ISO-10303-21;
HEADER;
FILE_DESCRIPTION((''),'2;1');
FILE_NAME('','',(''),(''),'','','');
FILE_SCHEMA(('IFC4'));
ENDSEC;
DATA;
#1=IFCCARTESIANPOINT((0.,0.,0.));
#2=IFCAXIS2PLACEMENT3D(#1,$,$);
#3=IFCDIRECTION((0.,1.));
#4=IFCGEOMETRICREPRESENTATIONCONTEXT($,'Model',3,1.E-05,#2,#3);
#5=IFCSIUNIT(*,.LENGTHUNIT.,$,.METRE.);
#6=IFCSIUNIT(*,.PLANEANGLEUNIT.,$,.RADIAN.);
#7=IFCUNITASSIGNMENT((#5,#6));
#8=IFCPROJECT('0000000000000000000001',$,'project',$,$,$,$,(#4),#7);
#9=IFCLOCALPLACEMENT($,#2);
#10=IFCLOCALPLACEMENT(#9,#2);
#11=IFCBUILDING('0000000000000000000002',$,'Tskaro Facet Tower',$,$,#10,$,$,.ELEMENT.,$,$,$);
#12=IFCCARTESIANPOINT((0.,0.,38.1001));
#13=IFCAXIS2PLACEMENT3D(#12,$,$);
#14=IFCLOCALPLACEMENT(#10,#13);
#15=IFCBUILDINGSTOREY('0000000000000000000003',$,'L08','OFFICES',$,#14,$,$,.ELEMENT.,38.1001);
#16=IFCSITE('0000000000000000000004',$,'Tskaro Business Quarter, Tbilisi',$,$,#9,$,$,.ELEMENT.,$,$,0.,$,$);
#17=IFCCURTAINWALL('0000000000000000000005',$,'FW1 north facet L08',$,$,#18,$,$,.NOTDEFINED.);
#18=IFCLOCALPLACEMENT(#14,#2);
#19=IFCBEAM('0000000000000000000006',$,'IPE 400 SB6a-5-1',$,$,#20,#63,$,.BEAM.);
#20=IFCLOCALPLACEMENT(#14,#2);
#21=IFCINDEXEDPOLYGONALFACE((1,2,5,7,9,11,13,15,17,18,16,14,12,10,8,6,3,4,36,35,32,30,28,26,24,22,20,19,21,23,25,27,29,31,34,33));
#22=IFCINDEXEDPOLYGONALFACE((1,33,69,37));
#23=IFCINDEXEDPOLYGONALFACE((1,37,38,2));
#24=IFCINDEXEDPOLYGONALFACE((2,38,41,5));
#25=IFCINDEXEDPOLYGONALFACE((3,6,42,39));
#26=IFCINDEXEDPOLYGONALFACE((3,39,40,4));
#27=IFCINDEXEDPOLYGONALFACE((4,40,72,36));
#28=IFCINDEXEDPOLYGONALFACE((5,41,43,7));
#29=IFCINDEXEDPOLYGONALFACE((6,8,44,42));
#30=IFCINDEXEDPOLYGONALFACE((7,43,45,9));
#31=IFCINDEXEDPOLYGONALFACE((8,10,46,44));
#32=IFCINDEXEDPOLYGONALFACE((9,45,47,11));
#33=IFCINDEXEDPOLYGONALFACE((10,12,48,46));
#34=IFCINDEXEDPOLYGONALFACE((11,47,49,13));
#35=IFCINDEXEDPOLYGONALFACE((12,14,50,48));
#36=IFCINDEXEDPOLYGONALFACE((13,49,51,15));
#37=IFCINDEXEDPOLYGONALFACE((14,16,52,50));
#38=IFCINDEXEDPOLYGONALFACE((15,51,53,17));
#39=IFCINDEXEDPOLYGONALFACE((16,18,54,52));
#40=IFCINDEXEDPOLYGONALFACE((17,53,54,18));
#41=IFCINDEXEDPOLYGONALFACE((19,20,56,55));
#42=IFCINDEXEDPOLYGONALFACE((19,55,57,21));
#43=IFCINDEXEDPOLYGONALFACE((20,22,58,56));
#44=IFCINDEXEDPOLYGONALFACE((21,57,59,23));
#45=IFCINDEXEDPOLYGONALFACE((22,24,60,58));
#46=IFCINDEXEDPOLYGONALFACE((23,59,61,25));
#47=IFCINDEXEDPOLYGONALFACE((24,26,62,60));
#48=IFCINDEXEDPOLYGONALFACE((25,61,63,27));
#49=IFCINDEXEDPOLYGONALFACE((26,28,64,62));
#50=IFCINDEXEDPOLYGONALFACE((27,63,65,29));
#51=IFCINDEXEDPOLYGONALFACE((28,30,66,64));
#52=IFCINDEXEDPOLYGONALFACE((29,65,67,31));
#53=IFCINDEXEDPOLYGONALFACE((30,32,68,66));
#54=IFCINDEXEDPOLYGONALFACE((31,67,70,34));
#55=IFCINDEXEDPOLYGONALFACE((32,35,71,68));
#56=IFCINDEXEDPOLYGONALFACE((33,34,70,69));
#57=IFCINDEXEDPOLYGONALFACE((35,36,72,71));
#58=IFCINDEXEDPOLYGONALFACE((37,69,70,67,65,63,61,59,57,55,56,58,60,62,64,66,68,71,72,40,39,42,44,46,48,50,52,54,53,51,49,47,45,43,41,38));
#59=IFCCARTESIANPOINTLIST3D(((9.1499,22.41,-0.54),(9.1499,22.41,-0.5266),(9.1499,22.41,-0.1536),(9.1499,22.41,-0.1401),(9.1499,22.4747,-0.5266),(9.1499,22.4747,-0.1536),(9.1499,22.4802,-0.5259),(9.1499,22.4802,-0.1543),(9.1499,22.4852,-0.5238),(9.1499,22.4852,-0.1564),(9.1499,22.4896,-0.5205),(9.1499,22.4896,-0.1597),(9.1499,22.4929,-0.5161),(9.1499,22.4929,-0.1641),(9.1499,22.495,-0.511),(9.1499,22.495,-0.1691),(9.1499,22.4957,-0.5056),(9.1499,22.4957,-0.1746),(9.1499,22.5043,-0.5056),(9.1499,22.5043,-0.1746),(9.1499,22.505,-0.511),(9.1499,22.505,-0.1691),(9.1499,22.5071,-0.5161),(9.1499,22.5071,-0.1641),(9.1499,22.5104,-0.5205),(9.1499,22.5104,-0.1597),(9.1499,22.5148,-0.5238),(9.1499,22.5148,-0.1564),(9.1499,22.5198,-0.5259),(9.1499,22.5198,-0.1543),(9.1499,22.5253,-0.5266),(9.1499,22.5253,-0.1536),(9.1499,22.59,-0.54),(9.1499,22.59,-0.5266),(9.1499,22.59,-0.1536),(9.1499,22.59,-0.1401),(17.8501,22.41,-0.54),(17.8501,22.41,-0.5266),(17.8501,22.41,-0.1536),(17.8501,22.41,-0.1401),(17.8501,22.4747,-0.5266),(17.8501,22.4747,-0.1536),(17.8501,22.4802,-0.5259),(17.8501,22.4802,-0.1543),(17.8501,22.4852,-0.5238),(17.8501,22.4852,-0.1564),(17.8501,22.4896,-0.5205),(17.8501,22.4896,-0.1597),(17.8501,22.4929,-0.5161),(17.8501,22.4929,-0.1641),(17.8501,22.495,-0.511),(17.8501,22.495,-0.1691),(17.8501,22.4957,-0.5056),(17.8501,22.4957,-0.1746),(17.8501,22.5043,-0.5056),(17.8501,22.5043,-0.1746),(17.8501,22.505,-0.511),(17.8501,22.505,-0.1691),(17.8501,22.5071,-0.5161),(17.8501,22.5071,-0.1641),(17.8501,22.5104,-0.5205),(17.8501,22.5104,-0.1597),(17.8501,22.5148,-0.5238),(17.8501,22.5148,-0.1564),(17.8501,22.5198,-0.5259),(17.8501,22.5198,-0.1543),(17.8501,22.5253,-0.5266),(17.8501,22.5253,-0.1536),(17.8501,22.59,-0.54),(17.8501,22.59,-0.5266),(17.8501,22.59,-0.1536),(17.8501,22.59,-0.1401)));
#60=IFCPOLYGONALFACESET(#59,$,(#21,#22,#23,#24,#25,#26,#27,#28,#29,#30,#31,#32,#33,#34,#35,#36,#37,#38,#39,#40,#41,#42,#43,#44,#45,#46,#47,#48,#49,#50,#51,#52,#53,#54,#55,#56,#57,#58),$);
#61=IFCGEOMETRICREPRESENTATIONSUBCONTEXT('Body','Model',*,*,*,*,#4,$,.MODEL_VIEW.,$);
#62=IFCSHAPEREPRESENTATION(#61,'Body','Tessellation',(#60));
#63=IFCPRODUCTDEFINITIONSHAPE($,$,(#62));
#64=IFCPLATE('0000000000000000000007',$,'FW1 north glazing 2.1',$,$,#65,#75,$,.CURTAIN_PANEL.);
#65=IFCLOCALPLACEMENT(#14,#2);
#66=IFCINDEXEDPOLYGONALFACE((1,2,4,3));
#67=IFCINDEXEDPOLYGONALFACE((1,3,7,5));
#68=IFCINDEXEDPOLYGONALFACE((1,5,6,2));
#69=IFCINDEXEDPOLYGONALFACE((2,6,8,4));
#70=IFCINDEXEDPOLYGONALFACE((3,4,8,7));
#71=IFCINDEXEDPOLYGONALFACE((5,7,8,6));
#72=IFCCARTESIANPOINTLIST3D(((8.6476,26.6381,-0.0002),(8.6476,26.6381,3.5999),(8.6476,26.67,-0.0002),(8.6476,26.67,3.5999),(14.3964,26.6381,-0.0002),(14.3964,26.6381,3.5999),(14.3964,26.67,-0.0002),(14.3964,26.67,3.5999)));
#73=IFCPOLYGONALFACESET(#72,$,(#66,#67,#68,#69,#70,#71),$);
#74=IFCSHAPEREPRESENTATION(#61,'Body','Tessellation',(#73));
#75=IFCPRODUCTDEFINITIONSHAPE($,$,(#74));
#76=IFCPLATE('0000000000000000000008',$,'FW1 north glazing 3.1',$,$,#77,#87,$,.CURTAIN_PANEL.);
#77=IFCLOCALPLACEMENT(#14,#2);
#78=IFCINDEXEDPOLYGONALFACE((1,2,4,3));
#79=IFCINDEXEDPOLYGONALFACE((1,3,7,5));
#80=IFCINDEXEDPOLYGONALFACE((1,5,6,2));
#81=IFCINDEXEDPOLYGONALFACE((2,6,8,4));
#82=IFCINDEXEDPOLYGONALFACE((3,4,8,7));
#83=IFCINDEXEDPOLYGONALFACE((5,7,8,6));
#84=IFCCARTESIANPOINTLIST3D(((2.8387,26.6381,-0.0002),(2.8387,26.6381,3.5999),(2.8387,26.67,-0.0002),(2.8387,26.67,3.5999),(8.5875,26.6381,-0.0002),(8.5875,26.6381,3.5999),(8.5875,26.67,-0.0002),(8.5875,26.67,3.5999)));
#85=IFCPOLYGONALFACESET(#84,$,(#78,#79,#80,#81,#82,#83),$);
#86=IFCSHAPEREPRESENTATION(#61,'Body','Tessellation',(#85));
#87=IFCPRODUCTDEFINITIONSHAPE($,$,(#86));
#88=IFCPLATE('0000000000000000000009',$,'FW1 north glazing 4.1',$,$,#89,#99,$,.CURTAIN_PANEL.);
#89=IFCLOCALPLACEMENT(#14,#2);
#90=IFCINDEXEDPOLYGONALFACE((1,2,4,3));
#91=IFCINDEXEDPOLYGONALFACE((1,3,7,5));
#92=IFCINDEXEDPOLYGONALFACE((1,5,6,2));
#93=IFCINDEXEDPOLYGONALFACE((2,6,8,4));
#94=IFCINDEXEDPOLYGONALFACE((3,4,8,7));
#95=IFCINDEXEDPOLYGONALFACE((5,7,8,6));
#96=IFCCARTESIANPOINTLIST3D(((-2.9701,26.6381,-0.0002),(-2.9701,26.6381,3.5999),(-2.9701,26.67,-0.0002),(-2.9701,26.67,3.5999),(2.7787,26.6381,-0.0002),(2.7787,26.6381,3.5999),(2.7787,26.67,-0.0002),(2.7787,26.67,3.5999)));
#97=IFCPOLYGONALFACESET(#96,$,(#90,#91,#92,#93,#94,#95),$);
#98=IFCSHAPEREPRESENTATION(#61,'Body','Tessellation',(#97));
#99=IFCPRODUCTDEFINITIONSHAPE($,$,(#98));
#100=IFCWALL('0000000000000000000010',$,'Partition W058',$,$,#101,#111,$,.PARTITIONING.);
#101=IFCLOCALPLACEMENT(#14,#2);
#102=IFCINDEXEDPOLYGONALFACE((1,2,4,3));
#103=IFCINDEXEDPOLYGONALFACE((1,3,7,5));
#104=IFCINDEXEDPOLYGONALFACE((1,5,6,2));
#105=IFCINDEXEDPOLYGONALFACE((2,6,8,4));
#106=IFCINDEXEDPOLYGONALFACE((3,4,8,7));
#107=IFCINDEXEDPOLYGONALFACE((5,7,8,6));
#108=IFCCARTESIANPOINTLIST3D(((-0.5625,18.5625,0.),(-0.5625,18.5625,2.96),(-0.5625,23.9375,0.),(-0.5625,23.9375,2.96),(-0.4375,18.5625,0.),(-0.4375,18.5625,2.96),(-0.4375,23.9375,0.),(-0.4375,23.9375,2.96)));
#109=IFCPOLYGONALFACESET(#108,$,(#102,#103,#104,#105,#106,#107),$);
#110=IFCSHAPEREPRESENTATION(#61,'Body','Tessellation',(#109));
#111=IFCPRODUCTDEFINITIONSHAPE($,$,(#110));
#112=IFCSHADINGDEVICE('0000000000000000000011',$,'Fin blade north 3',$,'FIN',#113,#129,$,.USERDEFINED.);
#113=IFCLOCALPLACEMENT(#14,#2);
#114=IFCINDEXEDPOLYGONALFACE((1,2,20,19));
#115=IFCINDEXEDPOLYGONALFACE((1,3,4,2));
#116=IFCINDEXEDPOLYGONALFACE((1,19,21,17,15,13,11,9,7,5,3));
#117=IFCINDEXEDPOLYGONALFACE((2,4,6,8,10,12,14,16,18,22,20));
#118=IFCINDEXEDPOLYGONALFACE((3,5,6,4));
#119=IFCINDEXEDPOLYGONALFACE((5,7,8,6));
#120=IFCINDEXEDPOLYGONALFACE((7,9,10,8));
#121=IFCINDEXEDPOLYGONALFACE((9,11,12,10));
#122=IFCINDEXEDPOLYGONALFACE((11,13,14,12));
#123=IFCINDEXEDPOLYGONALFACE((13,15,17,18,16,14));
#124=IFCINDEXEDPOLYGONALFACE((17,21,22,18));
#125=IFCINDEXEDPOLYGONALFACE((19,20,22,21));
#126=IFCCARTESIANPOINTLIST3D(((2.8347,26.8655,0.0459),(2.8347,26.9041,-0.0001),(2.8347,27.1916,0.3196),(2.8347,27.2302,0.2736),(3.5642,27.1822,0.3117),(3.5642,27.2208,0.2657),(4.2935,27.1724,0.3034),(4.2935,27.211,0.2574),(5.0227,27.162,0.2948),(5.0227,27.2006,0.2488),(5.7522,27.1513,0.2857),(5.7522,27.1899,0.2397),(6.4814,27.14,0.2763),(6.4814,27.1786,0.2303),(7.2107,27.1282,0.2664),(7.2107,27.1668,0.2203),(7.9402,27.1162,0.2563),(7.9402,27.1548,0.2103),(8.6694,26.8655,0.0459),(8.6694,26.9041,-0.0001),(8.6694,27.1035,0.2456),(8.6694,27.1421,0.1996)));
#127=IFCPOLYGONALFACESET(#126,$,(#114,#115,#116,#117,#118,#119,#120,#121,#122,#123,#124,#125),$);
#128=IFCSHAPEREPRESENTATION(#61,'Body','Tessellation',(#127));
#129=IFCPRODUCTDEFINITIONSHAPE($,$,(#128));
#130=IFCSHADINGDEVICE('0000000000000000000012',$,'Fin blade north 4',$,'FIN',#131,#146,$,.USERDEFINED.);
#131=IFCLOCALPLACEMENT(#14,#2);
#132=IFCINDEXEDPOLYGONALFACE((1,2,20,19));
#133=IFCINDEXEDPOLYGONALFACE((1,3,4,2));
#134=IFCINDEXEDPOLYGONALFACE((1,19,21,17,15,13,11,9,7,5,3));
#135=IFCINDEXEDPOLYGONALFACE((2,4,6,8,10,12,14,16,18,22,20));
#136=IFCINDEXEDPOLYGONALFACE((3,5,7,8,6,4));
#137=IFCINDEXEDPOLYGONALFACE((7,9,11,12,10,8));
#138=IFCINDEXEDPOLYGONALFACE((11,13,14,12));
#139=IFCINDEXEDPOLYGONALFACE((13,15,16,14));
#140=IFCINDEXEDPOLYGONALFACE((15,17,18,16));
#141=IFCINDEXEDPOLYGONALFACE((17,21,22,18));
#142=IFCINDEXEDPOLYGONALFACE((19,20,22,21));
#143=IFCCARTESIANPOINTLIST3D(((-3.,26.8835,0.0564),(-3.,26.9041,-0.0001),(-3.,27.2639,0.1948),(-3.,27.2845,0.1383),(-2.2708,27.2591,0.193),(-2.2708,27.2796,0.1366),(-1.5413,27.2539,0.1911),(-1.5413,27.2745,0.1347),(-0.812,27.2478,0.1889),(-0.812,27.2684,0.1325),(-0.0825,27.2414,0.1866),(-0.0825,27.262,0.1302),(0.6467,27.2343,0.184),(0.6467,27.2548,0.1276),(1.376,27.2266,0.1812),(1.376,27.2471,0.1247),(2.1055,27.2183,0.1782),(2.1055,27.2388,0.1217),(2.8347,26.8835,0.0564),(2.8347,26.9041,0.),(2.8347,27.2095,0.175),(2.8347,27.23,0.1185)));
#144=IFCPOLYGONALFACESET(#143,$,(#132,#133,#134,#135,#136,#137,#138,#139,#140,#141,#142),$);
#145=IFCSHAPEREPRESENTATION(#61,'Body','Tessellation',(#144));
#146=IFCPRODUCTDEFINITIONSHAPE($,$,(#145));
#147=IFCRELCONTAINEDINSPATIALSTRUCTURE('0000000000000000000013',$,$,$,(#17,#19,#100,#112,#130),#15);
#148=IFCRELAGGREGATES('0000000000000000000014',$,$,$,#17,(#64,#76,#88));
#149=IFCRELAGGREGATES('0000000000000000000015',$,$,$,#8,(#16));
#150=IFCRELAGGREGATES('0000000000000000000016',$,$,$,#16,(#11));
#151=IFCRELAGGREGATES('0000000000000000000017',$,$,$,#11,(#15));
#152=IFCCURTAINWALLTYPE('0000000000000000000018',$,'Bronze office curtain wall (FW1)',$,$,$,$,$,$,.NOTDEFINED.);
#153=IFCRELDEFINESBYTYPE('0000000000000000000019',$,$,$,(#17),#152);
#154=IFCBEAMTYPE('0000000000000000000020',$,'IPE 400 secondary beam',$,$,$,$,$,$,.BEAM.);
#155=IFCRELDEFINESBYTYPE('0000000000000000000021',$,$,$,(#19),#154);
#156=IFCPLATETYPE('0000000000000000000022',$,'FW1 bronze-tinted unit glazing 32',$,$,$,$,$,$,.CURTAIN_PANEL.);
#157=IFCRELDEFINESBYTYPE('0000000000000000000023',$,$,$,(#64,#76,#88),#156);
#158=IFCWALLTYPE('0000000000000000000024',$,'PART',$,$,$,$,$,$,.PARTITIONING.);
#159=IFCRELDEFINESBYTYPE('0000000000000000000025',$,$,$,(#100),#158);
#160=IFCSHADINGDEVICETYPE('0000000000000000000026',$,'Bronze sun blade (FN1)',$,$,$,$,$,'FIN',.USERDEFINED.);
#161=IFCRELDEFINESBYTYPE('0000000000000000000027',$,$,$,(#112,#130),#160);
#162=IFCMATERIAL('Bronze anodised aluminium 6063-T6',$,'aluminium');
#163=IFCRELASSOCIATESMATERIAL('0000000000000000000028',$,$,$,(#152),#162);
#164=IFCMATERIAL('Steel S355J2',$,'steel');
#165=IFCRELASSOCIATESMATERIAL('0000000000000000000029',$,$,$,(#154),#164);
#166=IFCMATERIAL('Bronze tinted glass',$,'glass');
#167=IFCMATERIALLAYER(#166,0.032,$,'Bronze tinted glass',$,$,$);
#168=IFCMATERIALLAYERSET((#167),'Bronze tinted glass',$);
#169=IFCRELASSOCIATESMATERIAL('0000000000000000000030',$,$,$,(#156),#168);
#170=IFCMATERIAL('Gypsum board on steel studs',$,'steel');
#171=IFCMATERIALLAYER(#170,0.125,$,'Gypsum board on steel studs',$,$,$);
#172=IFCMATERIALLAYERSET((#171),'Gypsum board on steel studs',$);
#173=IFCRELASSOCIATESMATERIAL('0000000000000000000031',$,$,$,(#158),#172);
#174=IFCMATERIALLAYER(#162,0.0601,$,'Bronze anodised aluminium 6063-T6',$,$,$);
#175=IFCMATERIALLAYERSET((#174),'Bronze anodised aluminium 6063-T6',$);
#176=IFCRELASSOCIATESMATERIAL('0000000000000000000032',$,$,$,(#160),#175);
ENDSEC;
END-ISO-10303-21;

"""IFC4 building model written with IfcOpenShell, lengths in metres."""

from ifc_helpers import new_model, si_unit, direction, frame, frame_2d, origin, origin_2d, place, context, subcontext, project, spatial, polyline, rectangle, i_section, outline, extrude, material, layer, layer_set, material_profile, profile_set, type_object, element, aggregate, save


model = new_model("IFC4")

# Units and contexts
model_context = context("Model", 3, precision=1e-05, world=origin(), true_north=direction((0.0, 1.0)))
body_context = subcontext(model_context, "Body", "Model", "MODEL_VIEW")
ifc_project = project(units=[si_unit("LENGTHUNIT", "METRE"), si_unit("PLANEANGLEUNIT", "RADIAN")], contexts=[model_context])

# Site, building, storey
site_placement = place(None, origin())
site = spatial("IfcSite", under=ifc_project, at=site_placement, Name="Tskaro Business Quarter, Tbilisi", CompositionType="ELEMENT", RefElevation=0.0)
building_placement = place(site_placement, origin())
building = spatial("IfcBuilding", under=site, at=building_placement, Name="Tskaro Facet Tower", CompositionType="ELEMENT")
storey_placement = place(building_placement, frame((0.0, 0.0, 38.1001)))
storey = spatial("IfcBuildingStorey", under=building, at=storey_placement, Name="L08", Description="OFFICES", CompositionType="ELEMENT", Elevation=38.1001)

# Curtain wall
ifc_material_1 = material(Name="Bronze anodised aluminium 6063-T6", Category="aluminium")
curtain_wall_type = type_object("IfcCurtainWallType", Name="Bronze office curtain wall (FW1)", PredefinedType="NOTDEFINED", material=ifc_material_1)
curtain_wall_placement = place(storey_placement, origin())
curtain_wall = element("IfcCurtainWall", 1, at=curtain_wall_placement, inside=storey, type_object=curtain_wall_type, Name="FW1 north facet L08", PredefinedType="NOTDEFINED")

# Beam
ifc_material_2 = material(Name="Steel S355J2", Category="steel")
ifc_material_profile_1 = material_profile(ifc_material_2, i_section(OverallWidth=0.1799, OverallDepth=0.3999, WebThickness=0.0085, FlangeThickness=0.0134, FilletRadius=0.021, at=origin_2d()), Name="IPE 400")
ifc_profile_set_1 = profile_set([ifc_material_profile_1], Name="Steel S355J2")
beam_type_1 = type_object("IfcBeamType", Name="IPE 400 secondary beam", PredefinedType="BEAM", material=ifc_profile_set_1)
for number, where, z_axis, x_axis, name in (
    (2, (9.1499, 22.5, -0.3401), (1.0, 0.0, 0.0), (0.0, 1.0, 0.0), "IPE 400 SB6a-5-1"),
):
    element("IfcBeam", number, at=place(storey_placement, frame(where, z_axis=z_axis, x_axis=x_axis)), inside=storey, type_object=beam_type_1, Name=name, PredefinedType="BEAM", context=body_context, shape_type="SweptSolid", body=[
        extrude(i_section(OverallWidth=0.1799, OverallDepth=0.3999, WebThickness=0.0085, FlangeThickness=0.0134, FilletRadius=0.021, at=origin_2d()), origin(), (0.0, 0.0, 1.0), 8.7002),
    ])

# Plates
ifc_material_3 = material(Name="Bronze tinted glass", Category="glass")
ifc_layer_1 = layer(ifc_material_3, 0.032, Name="Bronze tinted glass")
ifc_layer_set_1 = layer_set([ifc_layer_1], Name="Bronze tinted glass")
plate_type = type_object("IfcPlateType", Name="FW1 bronze-tinted unit glazing 32", PredefinedType="CURTAIN_PANEL", material=ifc_layer_set_1)
plate_1_placement = place(storey_placement, frame((11.522, 26.6541, -0.0002), z_axis=(0.0, 0.0, 1.0), x_axis=(-1.0, 0.0, 0.0)))
plate_1 = element("IfcPlate", 3, at=plate_1_placement, type_object=plate_type, Name="FW1 north glazing 2.1", PredefinedType="CURTAIN_PANEL", context=body_context, shape_type="SweptSolid", body=[
    extrude(rectangle(XDim=5.7488, YDim=0.032, at=origin_2d()), origin(), (0.0, 0.0, 1.0), 3.6001),
])
plate_2_placement = place(storey_placement, frame((5.7131, 26.6541, -0.0002), z_axis=(0.0, 0.0, 1.0), x_axis=(-1.0, 0.0, 0.0)))
plate_2 = element("IfcPlate", 4, at=plate_2_placement, type_object=plate_type, Name="FW1 north glazing 3.1", PredefinedType="CURTAIN_PANEL", context=body_context, shape_type="SweptSolid", body=[
    extrude(rectangle(XDim=5.7488, YDim=0.032, at=origin_2d()), origin(), (0.0, 0.0, 1.0), 3.6001),
])
plate_3_placement = place(storey_placement, frame((-0.0957, 26.6541, -0.0002), z_axis=(0.0, 0.0, 1.0), x_axis=(-1.0, 0.0, 0.0)))
plate_3 = element("IfcPlate", 5, at=plate_3_placement, type_object=plate_type, Name="FW1 north glazing 4.1", PredefinedType="CURTAIN_PANEL", context=body_context, shape_type="SweptSolid", body=[
    extrude(rectangle(XDim=5.7488, YDim=0.032, at=origin_2d()), origin(), (0.0, 0.0, 1.0), 3.6001),
])
aggregate(curtain_wall, [plate_1, plate_2, plate_3])

# Wall
ifc_material_4 = material(Name="Gypsum board on steel studs", Category="steel")
ifc_layer_2 = layer(ifc_material_4, 0.125, Name="Gypsum board on steel studs")
ifc_layer_set_2 = layer_set([ifc_layer_2], Name="Gypsum board on steel studs")
wall_type = type_object("IfcWallType", Name="PART", PredefinedType="PARTITIONING", material=ifc_layer_set_2)
wall_placement = place(storey_placement, frame((-0.5, 18.5625, 0.0), z_axis=(0.0, 0.0, 1.0), x_axis=(0.0, 1.0, 0.0)))
element("IfcWall", 6, at=wall_placement, inside=storey, type_object=wall_type, Name="Partition W058", PredefinedType="PARTITIONING", context=body_context, shape_type="SweptSolid", body=[
    extrude(rectangle(XDim=5.375, YDim=0.125, at=frame_2d((2.6875, 0.0))), origin(), (0.0, 0.0, 1.0), 2.96),
])

# Shading devices
ifc_layer_3 = layer(ifc_material_1, 0.0601, Name="Bronze anodised aluminium 6063-T6")
ifc_layer_set_3 = layer_set([ifc_layer_3], Name="Bronze anodised aluminium 6063-T6")
shading_device_type = type_object("IfcShadingDeviceType", Name="Bronze sun blade (FN1)", ElementType="FIN", PredefinedType="USERDEFINED", material=ifc_layer_set_3)
shading_device_1_placement = place(storey_placement, frame((8.6694, 26.8655, 0.0459), z_axis=(0.0, -0.642836, 0.766004), x_axis=(-1.0, 0.0, 0.0)))
element("IfcShadingDevice", 7, at=shading_device_1_placement, inside=storey, type_object=shading_device_type, Name="Fin blade north 3", ObjectType="FIN", PredefinedType="USERDEFINED", context=body_context, shape_type="SweptSolid", body=[
    extrude(outline(polyline([(0.0, 0.0), (5.8347, 0.0), (5.8347, -0.4258), (5.1052, -0.4135), (4.376, -0.4006), (3.6467, -0.3871), (2.9172, -0.3731), (2.188, -0.3584), (1.4587, -0.3429), (0.7292, -0.3273), (0.0, -0.3107), (0.0, 0.0)])), origin(), (0.0, 0.0, -1.0), 0.0601),
])
shading_device_2_placement = place(storey_placement, frame((2.8347, 26.8835, 0.0564), z_axis=(-0.000002, -0.341882, 0.939743), x_axis=(-1.0, 0.000001, -0.000001)))
element("IfcShadingDevice", 8, at=shading_device_2_placement, inside=storey, type_object=shading_device_type, Name="Fin blade north 4", ObjectType="FIN", PredefinedType="USERDEFINED", context=body_context, shape_type="SweptSolid", body=[
    extrude(outline(polyline([(0.0, 0.0), (5.8347, 0.0), (5.8347, -0.4048), (5.1055, -0.3996), (4.376, -0.3941), (3.6467, -0.3876), (2.9172, -0.3808), (2.188, -0.3733), (1.4587, -0.365), (0.7292, -0.3562), (0.0, -0.3469), (0.0, 0.0)])), origin(), (0.0, 0.0, -1.0), 0.0601),
])

save(model, "model.ifc")
